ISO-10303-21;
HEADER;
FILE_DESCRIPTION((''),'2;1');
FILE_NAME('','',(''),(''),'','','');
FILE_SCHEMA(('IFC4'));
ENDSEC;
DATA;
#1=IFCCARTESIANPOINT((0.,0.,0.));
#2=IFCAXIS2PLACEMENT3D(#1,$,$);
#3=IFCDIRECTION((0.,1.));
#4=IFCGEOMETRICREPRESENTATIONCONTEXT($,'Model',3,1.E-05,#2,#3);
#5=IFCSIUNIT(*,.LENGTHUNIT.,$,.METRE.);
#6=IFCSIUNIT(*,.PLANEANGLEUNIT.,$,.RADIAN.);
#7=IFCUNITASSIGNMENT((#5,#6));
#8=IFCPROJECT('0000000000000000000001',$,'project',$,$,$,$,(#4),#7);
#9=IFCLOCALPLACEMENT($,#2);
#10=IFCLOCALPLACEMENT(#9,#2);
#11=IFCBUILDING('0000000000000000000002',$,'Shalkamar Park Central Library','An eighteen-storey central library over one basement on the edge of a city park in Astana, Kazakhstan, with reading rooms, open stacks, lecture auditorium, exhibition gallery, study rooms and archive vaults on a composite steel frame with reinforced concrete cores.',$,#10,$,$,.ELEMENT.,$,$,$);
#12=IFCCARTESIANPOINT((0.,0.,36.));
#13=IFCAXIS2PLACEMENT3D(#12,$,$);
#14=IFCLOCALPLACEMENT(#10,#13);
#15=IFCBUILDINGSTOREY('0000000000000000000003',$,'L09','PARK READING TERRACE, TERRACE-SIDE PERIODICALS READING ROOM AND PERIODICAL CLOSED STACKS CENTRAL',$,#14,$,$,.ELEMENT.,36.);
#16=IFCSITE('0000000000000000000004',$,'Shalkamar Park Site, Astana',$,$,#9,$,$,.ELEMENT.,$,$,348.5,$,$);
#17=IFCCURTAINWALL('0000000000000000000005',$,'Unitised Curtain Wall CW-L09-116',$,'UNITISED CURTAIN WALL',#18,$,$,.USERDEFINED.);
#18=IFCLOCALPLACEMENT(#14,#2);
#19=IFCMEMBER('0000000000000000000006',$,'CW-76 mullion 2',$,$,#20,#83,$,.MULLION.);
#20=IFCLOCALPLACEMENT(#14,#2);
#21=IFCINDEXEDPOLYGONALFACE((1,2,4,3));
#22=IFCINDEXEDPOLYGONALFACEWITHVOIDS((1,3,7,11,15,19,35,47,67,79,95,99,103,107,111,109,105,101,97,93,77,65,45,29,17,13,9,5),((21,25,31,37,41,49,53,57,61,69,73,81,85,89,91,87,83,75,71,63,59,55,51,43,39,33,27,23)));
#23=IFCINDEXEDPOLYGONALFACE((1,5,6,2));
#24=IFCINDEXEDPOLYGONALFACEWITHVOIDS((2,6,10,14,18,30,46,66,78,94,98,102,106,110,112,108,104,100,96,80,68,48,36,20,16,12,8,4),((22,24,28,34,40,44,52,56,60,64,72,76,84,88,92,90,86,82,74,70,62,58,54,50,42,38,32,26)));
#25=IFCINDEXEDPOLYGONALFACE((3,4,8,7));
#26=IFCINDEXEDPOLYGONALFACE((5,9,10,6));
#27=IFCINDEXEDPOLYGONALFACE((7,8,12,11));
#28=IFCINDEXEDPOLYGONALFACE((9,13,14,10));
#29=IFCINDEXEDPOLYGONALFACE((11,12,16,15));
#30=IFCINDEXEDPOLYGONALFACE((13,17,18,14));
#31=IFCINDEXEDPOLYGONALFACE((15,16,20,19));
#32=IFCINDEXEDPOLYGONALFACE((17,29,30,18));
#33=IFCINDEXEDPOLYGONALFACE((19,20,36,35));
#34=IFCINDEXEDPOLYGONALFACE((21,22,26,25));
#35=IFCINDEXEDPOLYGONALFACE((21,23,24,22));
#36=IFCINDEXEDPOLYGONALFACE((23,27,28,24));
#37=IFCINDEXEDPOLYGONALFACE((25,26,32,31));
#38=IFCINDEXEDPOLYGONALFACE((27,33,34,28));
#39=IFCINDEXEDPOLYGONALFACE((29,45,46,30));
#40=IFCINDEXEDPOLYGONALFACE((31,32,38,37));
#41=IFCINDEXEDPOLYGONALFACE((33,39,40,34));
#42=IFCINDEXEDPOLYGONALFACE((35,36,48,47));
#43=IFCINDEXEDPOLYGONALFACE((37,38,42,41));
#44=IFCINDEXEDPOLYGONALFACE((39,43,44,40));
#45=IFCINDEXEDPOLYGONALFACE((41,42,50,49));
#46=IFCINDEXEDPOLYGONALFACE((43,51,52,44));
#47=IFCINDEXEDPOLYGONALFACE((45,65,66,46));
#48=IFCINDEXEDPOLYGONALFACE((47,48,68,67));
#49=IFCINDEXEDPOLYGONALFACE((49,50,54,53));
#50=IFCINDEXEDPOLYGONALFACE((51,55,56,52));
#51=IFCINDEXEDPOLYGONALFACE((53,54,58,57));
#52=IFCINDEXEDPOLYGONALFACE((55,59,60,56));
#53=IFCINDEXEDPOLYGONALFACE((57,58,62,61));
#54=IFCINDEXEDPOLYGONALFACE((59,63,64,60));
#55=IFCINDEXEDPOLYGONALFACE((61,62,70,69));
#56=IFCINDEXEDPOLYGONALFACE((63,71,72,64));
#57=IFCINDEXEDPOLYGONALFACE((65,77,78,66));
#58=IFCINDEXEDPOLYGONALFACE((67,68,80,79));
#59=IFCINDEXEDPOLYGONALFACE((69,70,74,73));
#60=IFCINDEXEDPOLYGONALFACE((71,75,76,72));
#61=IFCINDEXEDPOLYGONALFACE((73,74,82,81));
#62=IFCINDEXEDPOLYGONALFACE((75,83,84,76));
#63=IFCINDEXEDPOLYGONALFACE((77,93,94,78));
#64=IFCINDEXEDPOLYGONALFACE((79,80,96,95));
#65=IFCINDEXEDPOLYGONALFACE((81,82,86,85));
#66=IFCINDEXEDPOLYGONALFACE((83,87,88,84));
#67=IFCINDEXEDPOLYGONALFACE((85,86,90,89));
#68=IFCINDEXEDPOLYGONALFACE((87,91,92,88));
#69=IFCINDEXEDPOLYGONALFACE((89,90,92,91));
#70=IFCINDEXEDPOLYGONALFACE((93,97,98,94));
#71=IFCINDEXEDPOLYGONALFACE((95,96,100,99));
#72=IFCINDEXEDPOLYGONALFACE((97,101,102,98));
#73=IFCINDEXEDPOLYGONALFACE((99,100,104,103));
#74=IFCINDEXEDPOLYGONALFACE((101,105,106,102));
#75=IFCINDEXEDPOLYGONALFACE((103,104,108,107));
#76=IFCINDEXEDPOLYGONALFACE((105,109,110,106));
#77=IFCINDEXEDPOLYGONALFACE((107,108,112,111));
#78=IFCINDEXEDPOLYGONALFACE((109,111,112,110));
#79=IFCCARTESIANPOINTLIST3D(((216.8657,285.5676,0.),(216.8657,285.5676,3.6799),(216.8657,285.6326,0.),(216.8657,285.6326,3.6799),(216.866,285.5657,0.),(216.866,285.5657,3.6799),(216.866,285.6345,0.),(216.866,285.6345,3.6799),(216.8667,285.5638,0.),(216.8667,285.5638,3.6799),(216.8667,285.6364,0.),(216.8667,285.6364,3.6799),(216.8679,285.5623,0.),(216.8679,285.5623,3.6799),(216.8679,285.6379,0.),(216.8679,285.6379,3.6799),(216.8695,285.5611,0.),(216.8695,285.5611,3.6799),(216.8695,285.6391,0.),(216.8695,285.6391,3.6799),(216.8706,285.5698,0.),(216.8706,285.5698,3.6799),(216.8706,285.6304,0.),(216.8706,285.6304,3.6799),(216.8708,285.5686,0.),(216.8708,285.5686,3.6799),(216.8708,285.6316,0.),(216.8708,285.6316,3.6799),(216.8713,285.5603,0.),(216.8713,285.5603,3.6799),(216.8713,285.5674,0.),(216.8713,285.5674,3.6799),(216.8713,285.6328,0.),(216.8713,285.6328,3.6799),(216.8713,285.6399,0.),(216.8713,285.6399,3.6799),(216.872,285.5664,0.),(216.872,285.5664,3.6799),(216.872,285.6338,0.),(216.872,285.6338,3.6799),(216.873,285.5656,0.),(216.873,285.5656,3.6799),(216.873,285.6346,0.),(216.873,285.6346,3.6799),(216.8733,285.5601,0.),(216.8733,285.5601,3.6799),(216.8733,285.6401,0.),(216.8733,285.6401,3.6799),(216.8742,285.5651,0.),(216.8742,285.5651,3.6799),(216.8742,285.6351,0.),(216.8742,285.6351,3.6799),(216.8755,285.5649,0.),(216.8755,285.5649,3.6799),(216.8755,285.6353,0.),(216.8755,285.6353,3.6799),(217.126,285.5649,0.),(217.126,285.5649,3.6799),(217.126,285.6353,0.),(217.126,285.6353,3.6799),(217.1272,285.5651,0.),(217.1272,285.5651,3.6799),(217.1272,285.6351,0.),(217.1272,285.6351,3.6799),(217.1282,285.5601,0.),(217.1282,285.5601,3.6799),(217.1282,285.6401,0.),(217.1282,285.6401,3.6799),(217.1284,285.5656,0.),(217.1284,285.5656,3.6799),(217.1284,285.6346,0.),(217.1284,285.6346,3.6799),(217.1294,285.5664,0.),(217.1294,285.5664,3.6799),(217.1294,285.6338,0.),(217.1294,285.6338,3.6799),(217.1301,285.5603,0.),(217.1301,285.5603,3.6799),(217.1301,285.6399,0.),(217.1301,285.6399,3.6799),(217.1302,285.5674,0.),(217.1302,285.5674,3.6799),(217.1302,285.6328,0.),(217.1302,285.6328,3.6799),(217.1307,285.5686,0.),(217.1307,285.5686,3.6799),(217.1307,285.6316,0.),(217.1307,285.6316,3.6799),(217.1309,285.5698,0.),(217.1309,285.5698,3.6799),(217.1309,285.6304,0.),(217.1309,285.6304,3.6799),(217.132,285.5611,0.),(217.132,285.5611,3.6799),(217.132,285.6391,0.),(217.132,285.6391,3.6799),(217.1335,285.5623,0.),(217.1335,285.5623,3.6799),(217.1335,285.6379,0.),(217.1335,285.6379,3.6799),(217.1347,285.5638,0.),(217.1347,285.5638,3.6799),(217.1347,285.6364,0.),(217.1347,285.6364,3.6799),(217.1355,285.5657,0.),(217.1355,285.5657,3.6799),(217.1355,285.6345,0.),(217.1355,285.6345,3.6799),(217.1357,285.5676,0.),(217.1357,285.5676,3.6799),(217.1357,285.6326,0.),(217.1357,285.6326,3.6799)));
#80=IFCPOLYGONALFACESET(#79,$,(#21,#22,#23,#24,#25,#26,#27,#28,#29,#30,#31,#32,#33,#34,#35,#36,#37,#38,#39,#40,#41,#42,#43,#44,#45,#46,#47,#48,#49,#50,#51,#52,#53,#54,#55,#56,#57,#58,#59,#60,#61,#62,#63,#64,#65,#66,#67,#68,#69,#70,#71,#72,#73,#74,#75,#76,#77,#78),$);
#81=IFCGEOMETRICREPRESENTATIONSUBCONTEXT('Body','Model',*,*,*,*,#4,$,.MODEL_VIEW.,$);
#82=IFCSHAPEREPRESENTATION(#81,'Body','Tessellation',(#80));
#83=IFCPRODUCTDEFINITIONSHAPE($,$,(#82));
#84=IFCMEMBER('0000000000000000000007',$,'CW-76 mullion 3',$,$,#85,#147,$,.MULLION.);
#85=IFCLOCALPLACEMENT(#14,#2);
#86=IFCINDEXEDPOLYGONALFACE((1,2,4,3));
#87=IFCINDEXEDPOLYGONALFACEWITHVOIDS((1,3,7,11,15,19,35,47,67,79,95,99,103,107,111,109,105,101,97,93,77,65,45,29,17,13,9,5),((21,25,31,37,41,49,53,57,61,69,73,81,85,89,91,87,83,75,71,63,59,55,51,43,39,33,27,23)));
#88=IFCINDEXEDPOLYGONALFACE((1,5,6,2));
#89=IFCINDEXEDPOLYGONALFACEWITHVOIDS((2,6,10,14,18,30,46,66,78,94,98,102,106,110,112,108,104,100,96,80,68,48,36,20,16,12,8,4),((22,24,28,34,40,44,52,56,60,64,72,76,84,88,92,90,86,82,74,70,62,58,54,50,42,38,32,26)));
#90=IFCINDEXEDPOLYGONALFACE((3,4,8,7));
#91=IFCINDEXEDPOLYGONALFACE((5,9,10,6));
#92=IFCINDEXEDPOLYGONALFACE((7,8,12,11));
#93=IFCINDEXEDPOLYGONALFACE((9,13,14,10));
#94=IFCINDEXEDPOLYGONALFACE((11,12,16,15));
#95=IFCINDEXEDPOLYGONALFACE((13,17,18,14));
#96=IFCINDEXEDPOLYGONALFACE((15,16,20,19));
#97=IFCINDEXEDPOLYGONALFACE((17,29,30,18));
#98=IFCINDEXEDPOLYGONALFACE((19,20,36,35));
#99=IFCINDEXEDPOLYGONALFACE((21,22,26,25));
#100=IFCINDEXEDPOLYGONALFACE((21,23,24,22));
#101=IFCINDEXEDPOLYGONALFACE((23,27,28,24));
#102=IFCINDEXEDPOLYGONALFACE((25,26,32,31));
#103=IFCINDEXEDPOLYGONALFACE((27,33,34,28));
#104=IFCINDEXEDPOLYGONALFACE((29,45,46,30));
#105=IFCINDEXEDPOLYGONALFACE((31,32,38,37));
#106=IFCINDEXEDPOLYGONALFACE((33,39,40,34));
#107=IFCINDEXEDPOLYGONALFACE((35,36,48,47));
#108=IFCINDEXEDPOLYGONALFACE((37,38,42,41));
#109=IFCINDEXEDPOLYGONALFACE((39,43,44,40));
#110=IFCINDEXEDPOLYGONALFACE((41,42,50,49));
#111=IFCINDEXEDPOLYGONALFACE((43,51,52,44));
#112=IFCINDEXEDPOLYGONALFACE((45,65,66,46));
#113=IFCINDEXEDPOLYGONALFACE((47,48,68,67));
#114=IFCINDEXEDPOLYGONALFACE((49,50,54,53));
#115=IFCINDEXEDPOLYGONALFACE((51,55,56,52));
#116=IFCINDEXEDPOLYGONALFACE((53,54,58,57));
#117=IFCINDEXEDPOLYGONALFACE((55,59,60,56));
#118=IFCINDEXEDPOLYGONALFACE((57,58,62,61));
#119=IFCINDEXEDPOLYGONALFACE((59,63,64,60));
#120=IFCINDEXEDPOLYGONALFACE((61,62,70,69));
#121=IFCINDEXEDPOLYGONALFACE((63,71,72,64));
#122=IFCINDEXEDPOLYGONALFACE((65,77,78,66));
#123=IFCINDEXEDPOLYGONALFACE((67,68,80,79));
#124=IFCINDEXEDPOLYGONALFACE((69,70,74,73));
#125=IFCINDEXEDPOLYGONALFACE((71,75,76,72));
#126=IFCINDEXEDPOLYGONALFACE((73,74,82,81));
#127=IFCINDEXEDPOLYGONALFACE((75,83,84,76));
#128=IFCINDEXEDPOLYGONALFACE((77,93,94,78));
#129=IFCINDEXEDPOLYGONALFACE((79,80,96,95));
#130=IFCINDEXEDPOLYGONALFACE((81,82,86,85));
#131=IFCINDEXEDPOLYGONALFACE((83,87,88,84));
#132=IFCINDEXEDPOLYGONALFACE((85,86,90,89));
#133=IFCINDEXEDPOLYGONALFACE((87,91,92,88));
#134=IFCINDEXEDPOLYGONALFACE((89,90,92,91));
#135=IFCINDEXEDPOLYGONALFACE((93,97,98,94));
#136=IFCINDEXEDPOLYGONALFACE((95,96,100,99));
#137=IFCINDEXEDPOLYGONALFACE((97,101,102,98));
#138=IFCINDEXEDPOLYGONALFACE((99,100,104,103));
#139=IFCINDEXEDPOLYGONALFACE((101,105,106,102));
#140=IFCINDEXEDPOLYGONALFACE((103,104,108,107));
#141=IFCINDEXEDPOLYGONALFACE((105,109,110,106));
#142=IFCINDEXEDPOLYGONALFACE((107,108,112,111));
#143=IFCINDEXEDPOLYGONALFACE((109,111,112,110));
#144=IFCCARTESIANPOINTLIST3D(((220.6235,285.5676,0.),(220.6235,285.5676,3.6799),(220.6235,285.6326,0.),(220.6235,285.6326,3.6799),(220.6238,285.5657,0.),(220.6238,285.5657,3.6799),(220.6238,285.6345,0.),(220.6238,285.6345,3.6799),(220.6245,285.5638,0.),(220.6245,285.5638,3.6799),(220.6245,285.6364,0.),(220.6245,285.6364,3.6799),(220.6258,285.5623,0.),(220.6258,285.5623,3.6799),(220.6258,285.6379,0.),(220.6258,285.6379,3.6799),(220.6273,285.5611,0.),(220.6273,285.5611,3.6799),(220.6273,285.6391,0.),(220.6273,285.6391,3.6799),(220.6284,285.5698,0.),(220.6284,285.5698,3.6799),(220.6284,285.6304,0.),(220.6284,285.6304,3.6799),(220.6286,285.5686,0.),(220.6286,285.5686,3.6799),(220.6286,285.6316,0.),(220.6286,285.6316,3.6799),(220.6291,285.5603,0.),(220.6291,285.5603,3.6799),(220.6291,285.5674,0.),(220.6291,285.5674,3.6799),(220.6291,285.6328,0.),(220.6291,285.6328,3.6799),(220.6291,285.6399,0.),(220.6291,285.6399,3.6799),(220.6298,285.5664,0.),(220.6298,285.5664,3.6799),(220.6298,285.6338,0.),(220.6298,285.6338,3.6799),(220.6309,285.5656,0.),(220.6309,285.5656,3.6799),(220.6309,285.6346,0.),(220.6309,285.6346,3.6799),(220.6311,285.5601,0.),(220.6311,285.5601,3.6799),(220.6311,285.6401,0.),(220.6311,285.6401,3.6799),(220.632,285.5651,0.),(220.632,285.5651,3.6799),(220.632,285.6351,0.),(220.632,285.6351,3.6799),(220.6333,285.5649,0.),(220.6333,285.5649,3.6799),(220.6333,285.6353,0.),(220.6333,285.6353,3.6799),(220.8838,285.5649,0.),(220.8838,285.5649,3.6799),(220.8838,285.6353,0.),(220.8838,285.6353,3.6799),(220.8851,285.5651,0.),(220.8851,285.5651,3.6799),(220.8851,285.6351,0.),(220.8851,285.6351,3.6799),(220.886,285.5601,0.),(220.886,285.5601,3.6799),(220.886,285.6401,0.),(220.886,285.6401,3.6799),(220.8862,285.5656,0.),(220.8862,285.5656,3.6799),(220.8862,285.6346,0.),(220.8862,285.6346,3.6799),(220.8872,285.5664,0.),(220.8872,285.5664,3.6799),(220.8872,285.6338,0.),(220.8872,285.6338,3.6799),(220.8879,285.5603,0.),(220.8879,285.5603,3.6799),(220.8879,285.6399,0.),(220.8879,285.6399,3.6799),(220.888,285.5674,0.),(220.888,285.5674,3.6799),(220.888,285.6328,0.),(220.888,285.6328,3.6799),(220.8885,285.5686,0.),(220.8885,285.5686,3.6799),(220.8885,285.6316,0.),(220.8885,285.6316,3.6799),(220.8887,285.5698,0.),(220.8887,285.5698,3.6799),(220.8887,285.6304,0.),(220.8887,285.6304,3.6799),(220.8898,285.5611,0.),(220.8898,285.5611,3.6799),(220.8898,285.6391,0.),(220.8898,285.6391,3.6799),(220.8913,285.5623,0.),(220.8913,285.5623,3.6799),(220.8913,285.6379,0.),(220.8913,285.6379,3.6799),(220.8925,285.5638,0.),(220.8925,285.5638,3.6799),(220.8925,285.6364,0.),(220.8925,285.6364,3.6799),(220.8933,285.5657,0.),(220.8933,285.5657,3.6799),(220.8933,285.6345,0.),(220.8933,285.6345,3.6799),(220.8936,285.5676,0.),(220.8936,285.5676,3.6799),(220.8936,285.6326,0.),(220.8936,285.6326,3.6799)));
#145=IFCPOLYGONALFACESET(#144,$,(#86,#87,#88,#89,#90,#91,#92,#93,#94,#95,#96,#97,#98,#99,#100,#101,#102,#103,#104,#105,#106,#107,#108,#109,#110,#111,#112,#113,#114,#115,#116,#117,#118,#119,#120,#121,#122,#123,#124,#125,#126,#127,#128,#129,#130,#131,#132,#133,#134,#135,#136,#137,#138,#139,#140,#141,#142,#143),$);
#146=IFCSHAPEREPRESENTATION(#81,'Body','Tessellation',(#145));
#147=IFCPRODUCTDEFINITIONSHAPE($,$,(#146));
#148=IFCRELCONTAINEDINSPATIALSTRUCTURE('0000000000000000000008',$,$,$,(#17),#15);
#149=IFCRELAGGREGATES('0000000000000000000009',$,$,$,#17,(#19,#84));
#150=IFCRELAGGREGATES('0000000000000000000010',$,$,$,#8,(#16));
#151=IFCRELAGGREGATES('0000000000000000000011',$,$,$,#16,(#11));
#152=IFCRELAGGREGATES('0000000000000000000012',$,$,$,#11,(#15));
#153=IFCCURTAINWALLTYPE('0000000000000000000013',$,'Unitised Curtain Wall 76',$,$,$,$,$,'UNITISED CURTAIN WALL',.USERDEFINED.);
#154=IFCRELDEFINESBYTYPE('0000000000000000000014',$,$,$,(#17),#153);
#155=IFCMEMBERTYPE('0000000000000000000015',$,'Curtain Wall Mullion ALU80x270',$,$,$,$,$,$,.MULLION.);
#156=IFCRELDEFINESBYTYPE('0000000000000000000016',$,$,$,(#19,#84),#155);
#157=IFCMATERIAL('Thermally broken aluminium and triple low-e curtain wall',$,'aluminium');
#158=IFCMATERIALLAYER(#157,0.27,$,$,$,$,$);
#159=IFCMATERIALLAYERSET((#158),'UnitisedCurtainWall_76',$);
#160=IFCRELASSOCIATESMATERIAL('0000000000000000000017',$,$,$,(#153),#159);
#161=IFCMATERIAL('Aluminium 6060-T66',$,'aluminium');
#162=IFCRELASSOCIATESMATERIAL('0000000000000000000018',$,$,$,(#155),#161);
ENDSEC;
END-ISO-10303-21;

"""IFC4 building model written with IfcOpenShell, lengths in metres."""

from ifc_helpers import new_model, si_unit, direction, frame, origin, origin_2d, place, context, subcontext, project, spatial, hollow_rectangle, extrude, material, layer, layer_set, material_profile, profile_set, type_object, element, aggregate, save


model = new_model("IFC4")

# Units and contexts
model_context = context("Model", 3, precision=1e-05, world=origin(), true_north=direction((0.0, 1.0)))
body_context = subcontext(model_context, "Body", "Model", "MODEL_VIEW")
ifc_project = project(units=[si_unit("LENGTHUNIT", "METRE"), si_unit("PLANEANGLEUNIT", "RADIAN")], contexts=[model_context])

# Site, building, storey
site_placement = place(None, origin())
site = spatial("IfcSite", under=ifc_project, at=site_placement, Name="Shalkamar Park Site, Astana", CompositionType="ELEMENT", RefElevation=348.5)
building_placement = place(site_placement, origin())
building = spatial("IfcBuilding", under=site, at=building_placement, Name="Shalkamar Park Central Library", Description="An eighteen-storey central library over one basement on the edge of a city park in Astana, Kazakhstan, with reading rooms, open stacks, lecture auditorium, exhibition gallery, study rooms and archive vaults on a composite steel frame with reinforced concrete cores.", CompositionType="ELEMENT")
storey_placement = place(building_placement, frame((0.0, 0.0, 36.0)))
storey = spatial("IfcBuildingStorey", under=building, at=storey_placement, Name="L09", Description="PARK READING TERRACE, TERRACE-SIDE PERIODICALS READING ROOM AND PERIODICAL CLOSED STACKS CENTRAL", CompositionType="ELEMENT", Elevation=36.0)

# Curtain wall, members
ifc_material_1 = material(Name="Thermally broken aluminium and triple low-e curtain wall", Category="aluminium")
ifc_layer_1 = layer(ifc_material_1, 0.27)
ifc_layer_set_1 = layer_set([ifc_layer_1], Name="UnitisedCurtainWall_76")
curtain_wall_type_1 = type_object("IfcCurtainWallType", Name="Unitised Curtain Wall 76", ElementType="UNITISED CURTAIN WALL", PredefinedType="USERDEFINED", material=ifc_layer_set_1)
curtain_wall_1_placement = place(storey_placement, origin())
curtain_wall_1 = element("IfcCurtainWall", 1, at=curtain_wall_1_placement, inside=storey, type_object=curtain_wall_type_1, Name="Unitised Curtain Wall CW-L09-116", ObjectType="UNITISED CURTAIN WALL", PredefinedType="USERDEFINED")
ifc_material_2 = material(Name="Aluminium 6060-T66", Category="aluminium")
ifc_material_profile_1 = material_profile(ifc_material_2, hollow_rectangle(XDim=0.0801, YDim=0.27, WallThickness=0.0049, InnerFilletRadius=0.0049, OuterFilletRadius=0.0076, at=origin_2d()), Name="ALU 80x270x5")
ifc_profile_set_1 = profile_set([ifc_material_profile_1], Name="Aluminium 6060-T66")
member_type_1 = type_object("IfcMemberType", Name="Curtain Wall Mullion ALU80x270", PredefinedType="MULLION", material=ifc_profile_set_1)
member_1_placement = place(storey_placement, frame((217.0007, 285.6001, 0.0), z_axis=(0.0, 0.0, 1.0), x_axis=(0.0, 1.0, 0.0)))
member_1 = element("IfcMember", 2, at=member_1_placement, type_object=member_type_1, Name="CW-76 mullion 2", PredefinedType="MULLION", context=body_context, shape_type="SweptSolid", body=[
    extrude(hollow_rectangle(XDim=0.0801, YDim=0.27, WallThickness=0.0049, InnerFilletRadius=0.0049, OuterFilletRadius=0.0076, at=origin_2d()), origin(), (0.0, 0.0, 1.0), 3.6799),
])
member_2_placement = place(storey_placement, frame((220.7585, 285.6001, 0.0), z_axis=(0.0, 0.0, 1.0), x_axis=(0.0, 1.0, 0.0)))
member_2 = element("IfcMember", 3, at=member_2_placement, type_object=member_type_1, Name="CW-76 mullion 3", PredefinedType="MULLION", context=body_context, shape_type="SweptSolid", body=[
    extrude(hollow_rectangle(XDim=0.0801, YDim=0.27, WallThickness=0.0049, InnerFilletRadius=0.0049, OuterFilletRadius=0.0076, at=origin_2d()), origin(), (0.0, 0.0, 1.0), 3.6799),
])

aggregate(curtain_wall_1, [member_1, member_2])

save(model, "model.ifc")
